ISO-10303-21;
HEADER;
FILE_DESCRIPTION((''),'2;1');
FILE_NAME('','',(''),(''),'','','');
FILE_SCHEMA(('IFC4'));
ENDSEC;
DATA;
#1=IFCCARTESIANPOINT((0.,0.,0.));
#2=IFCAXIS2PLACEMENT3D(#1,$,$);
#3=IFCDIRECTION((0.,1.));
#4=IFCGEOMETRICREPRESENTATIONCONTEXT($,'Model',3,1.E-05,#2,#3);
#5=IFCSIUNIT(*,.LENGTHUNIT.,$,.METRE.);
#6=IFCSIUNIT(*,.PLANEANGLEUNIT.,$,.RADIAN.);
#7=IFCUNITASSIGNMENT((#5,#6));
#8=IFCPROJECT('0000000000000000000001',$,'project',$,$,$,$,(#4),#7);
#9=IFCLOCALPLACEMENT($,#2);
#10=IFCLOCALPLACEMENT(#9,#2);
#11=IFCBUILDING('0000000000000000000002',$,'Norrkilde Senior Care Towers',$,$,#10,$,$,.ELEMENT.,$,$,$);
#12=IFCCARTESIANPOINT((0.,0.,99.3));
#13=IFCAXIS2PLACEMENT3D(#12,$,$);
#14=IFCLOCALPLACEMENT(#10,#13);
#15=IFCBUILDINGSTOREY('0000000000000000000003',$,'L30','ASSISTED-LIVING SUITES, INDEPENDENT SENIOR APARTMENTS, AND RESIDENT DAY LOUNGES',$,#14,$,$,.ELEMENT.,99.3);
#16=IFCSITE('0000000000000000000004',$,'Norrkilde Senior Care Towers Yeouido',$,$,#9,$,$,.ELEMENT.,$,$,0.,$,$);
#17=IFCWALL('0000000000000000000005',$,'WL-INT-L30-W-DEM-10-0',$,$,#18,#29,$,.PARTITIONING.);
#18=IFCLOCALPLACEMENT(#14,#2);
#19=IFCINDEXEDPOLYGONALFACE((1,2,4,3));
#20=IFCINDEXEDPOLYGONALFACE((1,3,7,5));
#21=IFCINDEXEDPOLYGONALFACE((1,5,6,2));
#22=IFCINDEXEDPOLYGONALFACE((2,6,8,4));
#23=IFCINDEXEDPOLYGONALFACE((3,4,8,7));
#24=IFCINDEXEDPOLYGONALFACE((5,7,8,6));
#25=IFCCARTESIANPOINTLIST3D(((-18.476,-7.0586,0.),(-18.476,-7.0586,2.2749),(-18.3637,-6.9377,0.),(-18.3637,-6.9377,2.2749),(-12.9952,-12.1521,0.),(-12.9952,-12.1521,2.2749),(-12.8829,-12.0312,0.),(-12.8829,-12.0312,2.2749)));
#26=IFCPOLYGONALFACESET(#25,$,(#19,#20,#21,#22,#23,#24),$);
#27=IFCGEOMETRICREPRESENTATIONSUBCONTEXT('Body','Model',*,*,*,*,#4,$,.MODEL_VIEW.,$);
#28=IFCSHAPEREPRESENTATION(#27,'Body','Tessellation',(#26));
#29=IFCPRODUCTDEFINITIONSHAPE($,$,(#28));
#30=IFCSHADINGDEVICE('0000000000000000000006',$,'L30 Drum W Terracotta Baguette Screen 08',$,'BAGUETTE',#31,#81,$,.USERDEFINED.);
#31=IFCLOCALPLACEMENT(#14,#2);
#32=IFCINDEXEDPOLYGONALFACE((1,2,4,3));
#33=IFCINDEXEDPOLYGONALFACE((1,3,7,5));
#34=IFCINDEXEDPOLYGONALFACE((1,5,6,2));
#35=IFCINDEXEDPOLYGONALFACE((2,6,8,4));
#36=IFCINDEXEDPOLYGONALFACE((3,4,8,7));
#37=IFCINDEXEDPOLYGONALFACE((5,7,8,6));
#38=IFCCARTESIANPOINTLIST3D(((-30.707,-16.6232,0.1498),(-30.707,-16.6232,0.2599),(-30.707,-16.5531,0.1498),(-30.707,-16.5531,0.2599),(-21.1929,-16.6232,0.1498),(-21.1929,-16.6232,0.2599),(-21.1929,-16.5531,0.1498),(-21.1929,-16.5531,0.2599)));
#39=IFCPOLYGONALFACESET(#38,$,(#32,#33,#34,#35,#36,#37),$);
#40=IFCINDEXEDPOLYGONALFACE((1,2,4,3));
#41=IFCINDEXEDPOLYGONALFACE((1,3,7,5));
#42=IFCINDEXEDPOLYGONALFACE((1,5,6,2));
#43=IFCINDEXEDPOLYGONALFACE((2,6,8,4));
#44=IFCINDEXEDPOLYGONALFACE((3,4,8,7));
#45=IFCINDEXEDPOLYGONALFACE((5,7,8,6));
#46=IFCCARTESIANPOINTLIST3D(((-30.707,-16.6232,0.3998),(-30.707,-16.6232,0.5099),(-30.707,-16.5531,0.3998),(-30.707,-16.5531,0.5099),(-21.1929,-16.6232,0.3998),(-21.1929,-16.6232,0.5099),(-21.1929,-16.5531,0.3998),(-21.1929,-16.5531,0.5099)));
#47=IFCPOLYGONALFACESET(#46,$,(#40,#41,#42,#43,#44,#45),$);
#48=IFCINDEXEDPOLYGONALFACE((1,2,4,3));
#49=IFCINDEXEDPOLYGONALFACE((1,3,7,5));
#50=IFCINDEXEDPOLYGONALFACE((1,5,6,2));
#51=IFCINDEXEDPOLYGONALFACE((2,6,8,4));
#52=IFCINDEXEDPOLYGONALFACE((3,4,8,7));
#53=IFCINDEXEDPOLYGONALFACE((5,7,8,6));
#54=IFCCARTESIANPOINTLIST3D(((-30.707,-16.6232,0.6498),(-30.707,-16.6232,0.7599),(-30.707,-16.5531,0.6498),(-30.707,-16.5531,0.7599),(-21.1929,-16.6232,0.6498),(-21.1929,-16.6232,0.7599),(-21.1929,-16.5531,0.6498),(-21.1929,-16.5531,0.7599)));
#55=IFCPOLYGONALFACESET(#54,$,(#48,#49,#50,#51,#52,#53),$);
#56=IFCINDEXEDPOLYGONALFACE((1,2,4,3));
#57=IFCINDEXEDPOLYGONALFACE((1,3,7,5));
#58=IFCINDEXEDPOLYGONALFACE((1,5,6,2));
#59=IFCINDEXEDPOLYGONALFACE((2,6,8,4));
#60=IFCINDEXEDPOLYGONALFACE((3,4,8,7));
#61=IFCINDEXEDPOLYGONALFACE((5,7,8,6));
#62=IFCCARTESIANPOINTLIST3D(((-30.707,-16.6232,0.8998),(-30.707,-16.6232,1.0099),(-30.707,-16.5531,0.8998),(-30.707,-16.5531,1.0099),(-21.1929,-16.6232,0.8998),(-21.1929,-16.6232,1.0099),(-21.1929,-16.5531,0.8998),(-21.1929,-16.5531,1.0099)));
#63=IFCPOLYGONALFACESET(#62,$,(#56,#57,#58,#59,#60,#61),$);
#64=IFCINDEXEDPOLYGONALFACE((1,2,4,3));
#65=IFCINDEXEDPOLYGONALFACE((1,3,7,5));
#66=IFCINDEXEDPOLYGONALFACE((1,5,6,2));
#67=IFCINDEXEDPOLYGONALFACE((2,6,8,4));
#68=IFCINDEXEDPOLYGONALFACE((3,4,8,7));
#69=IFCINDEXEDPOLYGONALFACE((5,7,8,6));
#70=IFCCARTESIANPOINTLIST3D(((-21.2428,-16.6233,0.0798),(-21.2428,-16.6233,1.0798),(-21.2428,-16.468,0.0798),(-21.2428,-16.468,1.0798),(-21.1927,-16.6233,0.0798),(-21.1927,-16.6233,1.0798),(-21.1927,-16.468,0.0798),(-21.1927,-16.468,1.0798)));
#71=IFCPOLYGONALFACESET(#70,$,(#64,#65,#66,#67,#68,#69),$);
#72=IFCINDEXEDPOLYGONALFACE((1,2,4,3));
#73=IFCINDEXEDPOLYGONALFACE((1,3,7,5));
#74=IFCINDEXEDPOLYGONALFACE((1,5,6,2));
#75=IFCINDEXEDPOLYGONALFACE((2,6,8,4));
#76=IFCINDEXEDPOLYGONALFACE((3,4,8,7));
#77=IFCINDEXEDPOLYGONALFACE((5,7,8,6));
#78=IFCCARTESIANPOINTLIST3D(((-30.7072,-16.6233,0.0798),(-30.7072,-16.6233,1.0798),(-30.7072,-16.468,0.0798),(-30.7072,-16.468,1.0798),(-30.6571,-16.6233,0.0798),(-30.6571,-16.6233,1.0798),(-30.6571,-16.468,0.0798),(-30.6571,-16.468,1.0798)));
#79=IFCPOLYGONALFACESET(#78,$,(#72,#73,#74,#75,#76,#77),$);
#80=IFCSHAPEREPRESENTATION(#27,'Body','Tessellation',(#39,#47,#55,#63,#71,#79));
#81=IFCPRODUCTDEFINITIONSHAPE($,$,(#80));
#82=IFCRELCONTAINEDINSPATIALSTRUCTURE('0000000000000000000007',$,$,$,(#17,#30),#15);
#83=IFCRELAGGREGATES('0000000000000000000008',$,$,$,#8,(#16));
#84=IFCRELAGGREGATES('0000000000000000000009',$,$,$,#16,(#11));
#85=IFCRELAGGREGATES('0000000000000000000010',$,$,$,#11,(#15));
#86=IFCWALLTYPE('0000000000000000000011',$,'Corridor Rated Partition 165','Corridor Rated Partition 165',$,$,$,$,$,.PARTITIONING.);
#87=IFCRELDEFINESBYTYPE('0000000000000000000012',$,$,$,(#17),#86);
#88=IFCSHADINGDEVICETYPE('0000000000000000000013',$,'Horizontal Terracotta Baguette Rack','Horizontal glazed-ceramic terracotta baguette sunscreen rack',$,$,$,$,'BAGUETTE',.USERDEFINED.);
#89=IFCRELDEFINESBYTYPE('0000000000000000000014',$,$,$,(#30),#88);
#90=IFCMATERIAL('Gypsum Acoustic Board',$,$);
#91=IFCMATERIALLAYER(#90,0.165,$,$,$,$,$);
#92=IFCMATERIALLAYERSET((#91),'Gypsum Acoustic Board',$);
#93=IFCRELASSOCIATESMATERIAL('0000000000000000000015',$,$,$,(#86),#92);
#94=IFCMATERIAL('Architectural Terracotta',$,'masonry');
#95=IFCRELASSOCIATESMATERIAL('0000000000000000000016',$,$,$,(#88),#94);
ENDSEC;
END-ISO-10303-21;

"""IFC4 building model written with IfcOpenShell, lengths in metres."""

from ifc_helpers import new_model, si_unit, direction, frame, frame_2d, origin, origin_2d, place, context, subcontext, project, spatial, rectangle, extrude, source, transform, mapped, material, layer, layer_set, type_object, type_shapes, element, save


model = new_model("IFC4")

# Units and contexts
model_context = context("Model", 3, precision=1e-05, world=origin(), true_north=direction((0.0, 1.0)))
body_context = subcontext(model_context, "Body", "Model", "MODEL_VIEW")
ifc_project = project(units=[si_unit("LENGTHUNIT", "METRE"), si_unit("PLANEANGLEUNIT", "RADIAN")], contexts=[model_context])

# Site, building, storey
site_placement = place(None, origin())
site = spatial("IfcSite", under=ifc_project, at=site_placement, Name="Norrkilde Senior Care Towers Yeouido", CompositionType="ELEMENT", RefElevation=0.0)
building_placement = place(site_placement, origin())
building = spatial("IfcBuilding", under=site, at=building_placement, Name="Norrkilde Senior Care Towers", CompositionType="ELEMENT")
storey_placement = place(building_placement, frame((0.0, 0.0, 99.3)))
storey = spatial("IfcBuildingStorey", under=building, at=storey_placement, Name="L30", Description="ASSISTED-LIVING SUITES, INDEPENDENT SENIOR APARTMENTS, AND RESIDENT DAY LOUNGES", CompositionType="ELEMENT", Elevation=99.3)

# Shared definitions
ifc_material_1 = material(Name="Gypsum Acoustic Board")
ifc_layer_1 = layer(ifc_material_1, 0.165)
ifc_layer_set_1 = layer_set([ifc_layer_1], Name="Gypsum Acoustic Board")
wall_type_1 = type_object("IfcWallType", Name="Corridor Rated Partition 165", Description="Corridor Rated Partition 165", PredefinedType="PARTITIONING", material=ifc_layer_set_1)

# Wall
shared_shape_1 = source(origin(), body_context, "Body", "SweptSolid", [
    extrude(rectangle(XDim=7.4822, YDim=0.165, at=frame_2d((3.7412, 0.0))), origin(), (0.0, 0.0, 1.0), 2.2749),
])
wall_1_placement = place(storey_placement, frame((-18.4199, -6.998, 0.0), z_axis=(0.0, 0.0, 1.0), x_axis=(0.732509, -0.680758, 0.0)))
element("IfcWall", 1, at=wall_1_placement, inside=storey, type_object=wall_type_1, Name="WL-INT-L30-W-DEM-10-0", PredefinedType="PARTITIONING", context=body_context, shape_type="MappedRepresentation", body=[
    mapped(shared_shape_1, transform((0.0, 0.0, 0.0), x_axis=(1.0, 0.0, 0.0), y_axis=(0.0, 1.0, 0.0), z_axis=(0.0, 0.0, 1.0), scale=1.0)),
])

# Shading device
ifc_material_2 = material(Name="Architectural Terracotta", Category="masonry")
shading_device_type = type_object("IfcShadingDeviceType", Name="Horizontal Terracotta Baguette Rack", Description="Horizontal glazed-ceramic terracotta baguette sunscreen rack", ElementType="BAGUETTE", PredefinedType="USERDEFINED", material=ifc_material_2)
shared_shape_2 = source(origin(), body_context, "Body", "SweptSolid", [
    extrude(rectangle(XDim=0.0701, YDim=0.1101, at=origin_2d()), frame((0.0, 0.0901, 0.125), z_axis=(1.0, 0.0, 0.0), x_axis=(0.0, 1.0, 0.0)), (0.0, 0.0, 1.0), 9.5142),
    extrude(rectangle(XDim=0.0701, YDim=0.1101, at=origin_2d()), frame((0.0, 0.0901, 0.375), z_axis=(1.0, 0.0, 0.0), x_axis=(0.0, 1.0, 0.0)), (0.0, 0.0, 1.0), 9.5142),
    extrude(rectangle(XDim=0.0701, YDim=0.1101, at=origin_2d()), frame((0.0, 0.0901, 0.625), z_axis=(1.0, 0.0, 0.0), x_axis=(0.0, 1.0, 0.0)), (0.0, 0.0, 1.0), 9.5142),
    extrude(rectangle(XDim=0.0701, YDim=0.1101, at=origin_2d()), frame((0.0, 0.0901, 0.875), z_axis=(1.0, 0.0, 0.0), x_axis=(0.0, 1.0, 0.0)), (0.0, 0.0, 1.0), 9.5142),
    extrude(rectangle(XDim=0.05, YDim=0.1553, at=origin_2d()), frame((0.0249, 0.0476, 0.0)), (0.0, 0.0, 1.0), 1.0),
    extrude(rectangle(XDim=0.05, YDim=0.1553, at=origin_2d()), frame((9.4893, 0.0476, 0.0)), (0.0, 0.0, 1.0), 1.0),
])
type_shapes(shading_device_type, [shared_shape_2])
shading_device_placement = place(storey_placement, frame((-21.1929, -16.498, 0.0798), z_axis=(0.0, 0.0, 1.0), x_axis=(-1.0, 0.0, 0.0)))
element("IfcShadingDevice", 2, at=shading_device_placement, inside=storey, type_object=shading_device_type, Name="L30 Drum W Terracotta Baguette Screen 08", ObjectType="BAGUETTE", PredefinedType="USERDEFINED", context=body_context, shape_type="MappedRepresentation", body=[
    mapped(shared_shape_2, transform((0.0, 0.0, 0.0), x_axis=(1.0, 0.0, 0.0), y_axis=(0.0, 1.0, 0.0), z_axis=(0.0, 0.0, 1.0), scale=1.0)),
])

save(model, "model.ifc")
